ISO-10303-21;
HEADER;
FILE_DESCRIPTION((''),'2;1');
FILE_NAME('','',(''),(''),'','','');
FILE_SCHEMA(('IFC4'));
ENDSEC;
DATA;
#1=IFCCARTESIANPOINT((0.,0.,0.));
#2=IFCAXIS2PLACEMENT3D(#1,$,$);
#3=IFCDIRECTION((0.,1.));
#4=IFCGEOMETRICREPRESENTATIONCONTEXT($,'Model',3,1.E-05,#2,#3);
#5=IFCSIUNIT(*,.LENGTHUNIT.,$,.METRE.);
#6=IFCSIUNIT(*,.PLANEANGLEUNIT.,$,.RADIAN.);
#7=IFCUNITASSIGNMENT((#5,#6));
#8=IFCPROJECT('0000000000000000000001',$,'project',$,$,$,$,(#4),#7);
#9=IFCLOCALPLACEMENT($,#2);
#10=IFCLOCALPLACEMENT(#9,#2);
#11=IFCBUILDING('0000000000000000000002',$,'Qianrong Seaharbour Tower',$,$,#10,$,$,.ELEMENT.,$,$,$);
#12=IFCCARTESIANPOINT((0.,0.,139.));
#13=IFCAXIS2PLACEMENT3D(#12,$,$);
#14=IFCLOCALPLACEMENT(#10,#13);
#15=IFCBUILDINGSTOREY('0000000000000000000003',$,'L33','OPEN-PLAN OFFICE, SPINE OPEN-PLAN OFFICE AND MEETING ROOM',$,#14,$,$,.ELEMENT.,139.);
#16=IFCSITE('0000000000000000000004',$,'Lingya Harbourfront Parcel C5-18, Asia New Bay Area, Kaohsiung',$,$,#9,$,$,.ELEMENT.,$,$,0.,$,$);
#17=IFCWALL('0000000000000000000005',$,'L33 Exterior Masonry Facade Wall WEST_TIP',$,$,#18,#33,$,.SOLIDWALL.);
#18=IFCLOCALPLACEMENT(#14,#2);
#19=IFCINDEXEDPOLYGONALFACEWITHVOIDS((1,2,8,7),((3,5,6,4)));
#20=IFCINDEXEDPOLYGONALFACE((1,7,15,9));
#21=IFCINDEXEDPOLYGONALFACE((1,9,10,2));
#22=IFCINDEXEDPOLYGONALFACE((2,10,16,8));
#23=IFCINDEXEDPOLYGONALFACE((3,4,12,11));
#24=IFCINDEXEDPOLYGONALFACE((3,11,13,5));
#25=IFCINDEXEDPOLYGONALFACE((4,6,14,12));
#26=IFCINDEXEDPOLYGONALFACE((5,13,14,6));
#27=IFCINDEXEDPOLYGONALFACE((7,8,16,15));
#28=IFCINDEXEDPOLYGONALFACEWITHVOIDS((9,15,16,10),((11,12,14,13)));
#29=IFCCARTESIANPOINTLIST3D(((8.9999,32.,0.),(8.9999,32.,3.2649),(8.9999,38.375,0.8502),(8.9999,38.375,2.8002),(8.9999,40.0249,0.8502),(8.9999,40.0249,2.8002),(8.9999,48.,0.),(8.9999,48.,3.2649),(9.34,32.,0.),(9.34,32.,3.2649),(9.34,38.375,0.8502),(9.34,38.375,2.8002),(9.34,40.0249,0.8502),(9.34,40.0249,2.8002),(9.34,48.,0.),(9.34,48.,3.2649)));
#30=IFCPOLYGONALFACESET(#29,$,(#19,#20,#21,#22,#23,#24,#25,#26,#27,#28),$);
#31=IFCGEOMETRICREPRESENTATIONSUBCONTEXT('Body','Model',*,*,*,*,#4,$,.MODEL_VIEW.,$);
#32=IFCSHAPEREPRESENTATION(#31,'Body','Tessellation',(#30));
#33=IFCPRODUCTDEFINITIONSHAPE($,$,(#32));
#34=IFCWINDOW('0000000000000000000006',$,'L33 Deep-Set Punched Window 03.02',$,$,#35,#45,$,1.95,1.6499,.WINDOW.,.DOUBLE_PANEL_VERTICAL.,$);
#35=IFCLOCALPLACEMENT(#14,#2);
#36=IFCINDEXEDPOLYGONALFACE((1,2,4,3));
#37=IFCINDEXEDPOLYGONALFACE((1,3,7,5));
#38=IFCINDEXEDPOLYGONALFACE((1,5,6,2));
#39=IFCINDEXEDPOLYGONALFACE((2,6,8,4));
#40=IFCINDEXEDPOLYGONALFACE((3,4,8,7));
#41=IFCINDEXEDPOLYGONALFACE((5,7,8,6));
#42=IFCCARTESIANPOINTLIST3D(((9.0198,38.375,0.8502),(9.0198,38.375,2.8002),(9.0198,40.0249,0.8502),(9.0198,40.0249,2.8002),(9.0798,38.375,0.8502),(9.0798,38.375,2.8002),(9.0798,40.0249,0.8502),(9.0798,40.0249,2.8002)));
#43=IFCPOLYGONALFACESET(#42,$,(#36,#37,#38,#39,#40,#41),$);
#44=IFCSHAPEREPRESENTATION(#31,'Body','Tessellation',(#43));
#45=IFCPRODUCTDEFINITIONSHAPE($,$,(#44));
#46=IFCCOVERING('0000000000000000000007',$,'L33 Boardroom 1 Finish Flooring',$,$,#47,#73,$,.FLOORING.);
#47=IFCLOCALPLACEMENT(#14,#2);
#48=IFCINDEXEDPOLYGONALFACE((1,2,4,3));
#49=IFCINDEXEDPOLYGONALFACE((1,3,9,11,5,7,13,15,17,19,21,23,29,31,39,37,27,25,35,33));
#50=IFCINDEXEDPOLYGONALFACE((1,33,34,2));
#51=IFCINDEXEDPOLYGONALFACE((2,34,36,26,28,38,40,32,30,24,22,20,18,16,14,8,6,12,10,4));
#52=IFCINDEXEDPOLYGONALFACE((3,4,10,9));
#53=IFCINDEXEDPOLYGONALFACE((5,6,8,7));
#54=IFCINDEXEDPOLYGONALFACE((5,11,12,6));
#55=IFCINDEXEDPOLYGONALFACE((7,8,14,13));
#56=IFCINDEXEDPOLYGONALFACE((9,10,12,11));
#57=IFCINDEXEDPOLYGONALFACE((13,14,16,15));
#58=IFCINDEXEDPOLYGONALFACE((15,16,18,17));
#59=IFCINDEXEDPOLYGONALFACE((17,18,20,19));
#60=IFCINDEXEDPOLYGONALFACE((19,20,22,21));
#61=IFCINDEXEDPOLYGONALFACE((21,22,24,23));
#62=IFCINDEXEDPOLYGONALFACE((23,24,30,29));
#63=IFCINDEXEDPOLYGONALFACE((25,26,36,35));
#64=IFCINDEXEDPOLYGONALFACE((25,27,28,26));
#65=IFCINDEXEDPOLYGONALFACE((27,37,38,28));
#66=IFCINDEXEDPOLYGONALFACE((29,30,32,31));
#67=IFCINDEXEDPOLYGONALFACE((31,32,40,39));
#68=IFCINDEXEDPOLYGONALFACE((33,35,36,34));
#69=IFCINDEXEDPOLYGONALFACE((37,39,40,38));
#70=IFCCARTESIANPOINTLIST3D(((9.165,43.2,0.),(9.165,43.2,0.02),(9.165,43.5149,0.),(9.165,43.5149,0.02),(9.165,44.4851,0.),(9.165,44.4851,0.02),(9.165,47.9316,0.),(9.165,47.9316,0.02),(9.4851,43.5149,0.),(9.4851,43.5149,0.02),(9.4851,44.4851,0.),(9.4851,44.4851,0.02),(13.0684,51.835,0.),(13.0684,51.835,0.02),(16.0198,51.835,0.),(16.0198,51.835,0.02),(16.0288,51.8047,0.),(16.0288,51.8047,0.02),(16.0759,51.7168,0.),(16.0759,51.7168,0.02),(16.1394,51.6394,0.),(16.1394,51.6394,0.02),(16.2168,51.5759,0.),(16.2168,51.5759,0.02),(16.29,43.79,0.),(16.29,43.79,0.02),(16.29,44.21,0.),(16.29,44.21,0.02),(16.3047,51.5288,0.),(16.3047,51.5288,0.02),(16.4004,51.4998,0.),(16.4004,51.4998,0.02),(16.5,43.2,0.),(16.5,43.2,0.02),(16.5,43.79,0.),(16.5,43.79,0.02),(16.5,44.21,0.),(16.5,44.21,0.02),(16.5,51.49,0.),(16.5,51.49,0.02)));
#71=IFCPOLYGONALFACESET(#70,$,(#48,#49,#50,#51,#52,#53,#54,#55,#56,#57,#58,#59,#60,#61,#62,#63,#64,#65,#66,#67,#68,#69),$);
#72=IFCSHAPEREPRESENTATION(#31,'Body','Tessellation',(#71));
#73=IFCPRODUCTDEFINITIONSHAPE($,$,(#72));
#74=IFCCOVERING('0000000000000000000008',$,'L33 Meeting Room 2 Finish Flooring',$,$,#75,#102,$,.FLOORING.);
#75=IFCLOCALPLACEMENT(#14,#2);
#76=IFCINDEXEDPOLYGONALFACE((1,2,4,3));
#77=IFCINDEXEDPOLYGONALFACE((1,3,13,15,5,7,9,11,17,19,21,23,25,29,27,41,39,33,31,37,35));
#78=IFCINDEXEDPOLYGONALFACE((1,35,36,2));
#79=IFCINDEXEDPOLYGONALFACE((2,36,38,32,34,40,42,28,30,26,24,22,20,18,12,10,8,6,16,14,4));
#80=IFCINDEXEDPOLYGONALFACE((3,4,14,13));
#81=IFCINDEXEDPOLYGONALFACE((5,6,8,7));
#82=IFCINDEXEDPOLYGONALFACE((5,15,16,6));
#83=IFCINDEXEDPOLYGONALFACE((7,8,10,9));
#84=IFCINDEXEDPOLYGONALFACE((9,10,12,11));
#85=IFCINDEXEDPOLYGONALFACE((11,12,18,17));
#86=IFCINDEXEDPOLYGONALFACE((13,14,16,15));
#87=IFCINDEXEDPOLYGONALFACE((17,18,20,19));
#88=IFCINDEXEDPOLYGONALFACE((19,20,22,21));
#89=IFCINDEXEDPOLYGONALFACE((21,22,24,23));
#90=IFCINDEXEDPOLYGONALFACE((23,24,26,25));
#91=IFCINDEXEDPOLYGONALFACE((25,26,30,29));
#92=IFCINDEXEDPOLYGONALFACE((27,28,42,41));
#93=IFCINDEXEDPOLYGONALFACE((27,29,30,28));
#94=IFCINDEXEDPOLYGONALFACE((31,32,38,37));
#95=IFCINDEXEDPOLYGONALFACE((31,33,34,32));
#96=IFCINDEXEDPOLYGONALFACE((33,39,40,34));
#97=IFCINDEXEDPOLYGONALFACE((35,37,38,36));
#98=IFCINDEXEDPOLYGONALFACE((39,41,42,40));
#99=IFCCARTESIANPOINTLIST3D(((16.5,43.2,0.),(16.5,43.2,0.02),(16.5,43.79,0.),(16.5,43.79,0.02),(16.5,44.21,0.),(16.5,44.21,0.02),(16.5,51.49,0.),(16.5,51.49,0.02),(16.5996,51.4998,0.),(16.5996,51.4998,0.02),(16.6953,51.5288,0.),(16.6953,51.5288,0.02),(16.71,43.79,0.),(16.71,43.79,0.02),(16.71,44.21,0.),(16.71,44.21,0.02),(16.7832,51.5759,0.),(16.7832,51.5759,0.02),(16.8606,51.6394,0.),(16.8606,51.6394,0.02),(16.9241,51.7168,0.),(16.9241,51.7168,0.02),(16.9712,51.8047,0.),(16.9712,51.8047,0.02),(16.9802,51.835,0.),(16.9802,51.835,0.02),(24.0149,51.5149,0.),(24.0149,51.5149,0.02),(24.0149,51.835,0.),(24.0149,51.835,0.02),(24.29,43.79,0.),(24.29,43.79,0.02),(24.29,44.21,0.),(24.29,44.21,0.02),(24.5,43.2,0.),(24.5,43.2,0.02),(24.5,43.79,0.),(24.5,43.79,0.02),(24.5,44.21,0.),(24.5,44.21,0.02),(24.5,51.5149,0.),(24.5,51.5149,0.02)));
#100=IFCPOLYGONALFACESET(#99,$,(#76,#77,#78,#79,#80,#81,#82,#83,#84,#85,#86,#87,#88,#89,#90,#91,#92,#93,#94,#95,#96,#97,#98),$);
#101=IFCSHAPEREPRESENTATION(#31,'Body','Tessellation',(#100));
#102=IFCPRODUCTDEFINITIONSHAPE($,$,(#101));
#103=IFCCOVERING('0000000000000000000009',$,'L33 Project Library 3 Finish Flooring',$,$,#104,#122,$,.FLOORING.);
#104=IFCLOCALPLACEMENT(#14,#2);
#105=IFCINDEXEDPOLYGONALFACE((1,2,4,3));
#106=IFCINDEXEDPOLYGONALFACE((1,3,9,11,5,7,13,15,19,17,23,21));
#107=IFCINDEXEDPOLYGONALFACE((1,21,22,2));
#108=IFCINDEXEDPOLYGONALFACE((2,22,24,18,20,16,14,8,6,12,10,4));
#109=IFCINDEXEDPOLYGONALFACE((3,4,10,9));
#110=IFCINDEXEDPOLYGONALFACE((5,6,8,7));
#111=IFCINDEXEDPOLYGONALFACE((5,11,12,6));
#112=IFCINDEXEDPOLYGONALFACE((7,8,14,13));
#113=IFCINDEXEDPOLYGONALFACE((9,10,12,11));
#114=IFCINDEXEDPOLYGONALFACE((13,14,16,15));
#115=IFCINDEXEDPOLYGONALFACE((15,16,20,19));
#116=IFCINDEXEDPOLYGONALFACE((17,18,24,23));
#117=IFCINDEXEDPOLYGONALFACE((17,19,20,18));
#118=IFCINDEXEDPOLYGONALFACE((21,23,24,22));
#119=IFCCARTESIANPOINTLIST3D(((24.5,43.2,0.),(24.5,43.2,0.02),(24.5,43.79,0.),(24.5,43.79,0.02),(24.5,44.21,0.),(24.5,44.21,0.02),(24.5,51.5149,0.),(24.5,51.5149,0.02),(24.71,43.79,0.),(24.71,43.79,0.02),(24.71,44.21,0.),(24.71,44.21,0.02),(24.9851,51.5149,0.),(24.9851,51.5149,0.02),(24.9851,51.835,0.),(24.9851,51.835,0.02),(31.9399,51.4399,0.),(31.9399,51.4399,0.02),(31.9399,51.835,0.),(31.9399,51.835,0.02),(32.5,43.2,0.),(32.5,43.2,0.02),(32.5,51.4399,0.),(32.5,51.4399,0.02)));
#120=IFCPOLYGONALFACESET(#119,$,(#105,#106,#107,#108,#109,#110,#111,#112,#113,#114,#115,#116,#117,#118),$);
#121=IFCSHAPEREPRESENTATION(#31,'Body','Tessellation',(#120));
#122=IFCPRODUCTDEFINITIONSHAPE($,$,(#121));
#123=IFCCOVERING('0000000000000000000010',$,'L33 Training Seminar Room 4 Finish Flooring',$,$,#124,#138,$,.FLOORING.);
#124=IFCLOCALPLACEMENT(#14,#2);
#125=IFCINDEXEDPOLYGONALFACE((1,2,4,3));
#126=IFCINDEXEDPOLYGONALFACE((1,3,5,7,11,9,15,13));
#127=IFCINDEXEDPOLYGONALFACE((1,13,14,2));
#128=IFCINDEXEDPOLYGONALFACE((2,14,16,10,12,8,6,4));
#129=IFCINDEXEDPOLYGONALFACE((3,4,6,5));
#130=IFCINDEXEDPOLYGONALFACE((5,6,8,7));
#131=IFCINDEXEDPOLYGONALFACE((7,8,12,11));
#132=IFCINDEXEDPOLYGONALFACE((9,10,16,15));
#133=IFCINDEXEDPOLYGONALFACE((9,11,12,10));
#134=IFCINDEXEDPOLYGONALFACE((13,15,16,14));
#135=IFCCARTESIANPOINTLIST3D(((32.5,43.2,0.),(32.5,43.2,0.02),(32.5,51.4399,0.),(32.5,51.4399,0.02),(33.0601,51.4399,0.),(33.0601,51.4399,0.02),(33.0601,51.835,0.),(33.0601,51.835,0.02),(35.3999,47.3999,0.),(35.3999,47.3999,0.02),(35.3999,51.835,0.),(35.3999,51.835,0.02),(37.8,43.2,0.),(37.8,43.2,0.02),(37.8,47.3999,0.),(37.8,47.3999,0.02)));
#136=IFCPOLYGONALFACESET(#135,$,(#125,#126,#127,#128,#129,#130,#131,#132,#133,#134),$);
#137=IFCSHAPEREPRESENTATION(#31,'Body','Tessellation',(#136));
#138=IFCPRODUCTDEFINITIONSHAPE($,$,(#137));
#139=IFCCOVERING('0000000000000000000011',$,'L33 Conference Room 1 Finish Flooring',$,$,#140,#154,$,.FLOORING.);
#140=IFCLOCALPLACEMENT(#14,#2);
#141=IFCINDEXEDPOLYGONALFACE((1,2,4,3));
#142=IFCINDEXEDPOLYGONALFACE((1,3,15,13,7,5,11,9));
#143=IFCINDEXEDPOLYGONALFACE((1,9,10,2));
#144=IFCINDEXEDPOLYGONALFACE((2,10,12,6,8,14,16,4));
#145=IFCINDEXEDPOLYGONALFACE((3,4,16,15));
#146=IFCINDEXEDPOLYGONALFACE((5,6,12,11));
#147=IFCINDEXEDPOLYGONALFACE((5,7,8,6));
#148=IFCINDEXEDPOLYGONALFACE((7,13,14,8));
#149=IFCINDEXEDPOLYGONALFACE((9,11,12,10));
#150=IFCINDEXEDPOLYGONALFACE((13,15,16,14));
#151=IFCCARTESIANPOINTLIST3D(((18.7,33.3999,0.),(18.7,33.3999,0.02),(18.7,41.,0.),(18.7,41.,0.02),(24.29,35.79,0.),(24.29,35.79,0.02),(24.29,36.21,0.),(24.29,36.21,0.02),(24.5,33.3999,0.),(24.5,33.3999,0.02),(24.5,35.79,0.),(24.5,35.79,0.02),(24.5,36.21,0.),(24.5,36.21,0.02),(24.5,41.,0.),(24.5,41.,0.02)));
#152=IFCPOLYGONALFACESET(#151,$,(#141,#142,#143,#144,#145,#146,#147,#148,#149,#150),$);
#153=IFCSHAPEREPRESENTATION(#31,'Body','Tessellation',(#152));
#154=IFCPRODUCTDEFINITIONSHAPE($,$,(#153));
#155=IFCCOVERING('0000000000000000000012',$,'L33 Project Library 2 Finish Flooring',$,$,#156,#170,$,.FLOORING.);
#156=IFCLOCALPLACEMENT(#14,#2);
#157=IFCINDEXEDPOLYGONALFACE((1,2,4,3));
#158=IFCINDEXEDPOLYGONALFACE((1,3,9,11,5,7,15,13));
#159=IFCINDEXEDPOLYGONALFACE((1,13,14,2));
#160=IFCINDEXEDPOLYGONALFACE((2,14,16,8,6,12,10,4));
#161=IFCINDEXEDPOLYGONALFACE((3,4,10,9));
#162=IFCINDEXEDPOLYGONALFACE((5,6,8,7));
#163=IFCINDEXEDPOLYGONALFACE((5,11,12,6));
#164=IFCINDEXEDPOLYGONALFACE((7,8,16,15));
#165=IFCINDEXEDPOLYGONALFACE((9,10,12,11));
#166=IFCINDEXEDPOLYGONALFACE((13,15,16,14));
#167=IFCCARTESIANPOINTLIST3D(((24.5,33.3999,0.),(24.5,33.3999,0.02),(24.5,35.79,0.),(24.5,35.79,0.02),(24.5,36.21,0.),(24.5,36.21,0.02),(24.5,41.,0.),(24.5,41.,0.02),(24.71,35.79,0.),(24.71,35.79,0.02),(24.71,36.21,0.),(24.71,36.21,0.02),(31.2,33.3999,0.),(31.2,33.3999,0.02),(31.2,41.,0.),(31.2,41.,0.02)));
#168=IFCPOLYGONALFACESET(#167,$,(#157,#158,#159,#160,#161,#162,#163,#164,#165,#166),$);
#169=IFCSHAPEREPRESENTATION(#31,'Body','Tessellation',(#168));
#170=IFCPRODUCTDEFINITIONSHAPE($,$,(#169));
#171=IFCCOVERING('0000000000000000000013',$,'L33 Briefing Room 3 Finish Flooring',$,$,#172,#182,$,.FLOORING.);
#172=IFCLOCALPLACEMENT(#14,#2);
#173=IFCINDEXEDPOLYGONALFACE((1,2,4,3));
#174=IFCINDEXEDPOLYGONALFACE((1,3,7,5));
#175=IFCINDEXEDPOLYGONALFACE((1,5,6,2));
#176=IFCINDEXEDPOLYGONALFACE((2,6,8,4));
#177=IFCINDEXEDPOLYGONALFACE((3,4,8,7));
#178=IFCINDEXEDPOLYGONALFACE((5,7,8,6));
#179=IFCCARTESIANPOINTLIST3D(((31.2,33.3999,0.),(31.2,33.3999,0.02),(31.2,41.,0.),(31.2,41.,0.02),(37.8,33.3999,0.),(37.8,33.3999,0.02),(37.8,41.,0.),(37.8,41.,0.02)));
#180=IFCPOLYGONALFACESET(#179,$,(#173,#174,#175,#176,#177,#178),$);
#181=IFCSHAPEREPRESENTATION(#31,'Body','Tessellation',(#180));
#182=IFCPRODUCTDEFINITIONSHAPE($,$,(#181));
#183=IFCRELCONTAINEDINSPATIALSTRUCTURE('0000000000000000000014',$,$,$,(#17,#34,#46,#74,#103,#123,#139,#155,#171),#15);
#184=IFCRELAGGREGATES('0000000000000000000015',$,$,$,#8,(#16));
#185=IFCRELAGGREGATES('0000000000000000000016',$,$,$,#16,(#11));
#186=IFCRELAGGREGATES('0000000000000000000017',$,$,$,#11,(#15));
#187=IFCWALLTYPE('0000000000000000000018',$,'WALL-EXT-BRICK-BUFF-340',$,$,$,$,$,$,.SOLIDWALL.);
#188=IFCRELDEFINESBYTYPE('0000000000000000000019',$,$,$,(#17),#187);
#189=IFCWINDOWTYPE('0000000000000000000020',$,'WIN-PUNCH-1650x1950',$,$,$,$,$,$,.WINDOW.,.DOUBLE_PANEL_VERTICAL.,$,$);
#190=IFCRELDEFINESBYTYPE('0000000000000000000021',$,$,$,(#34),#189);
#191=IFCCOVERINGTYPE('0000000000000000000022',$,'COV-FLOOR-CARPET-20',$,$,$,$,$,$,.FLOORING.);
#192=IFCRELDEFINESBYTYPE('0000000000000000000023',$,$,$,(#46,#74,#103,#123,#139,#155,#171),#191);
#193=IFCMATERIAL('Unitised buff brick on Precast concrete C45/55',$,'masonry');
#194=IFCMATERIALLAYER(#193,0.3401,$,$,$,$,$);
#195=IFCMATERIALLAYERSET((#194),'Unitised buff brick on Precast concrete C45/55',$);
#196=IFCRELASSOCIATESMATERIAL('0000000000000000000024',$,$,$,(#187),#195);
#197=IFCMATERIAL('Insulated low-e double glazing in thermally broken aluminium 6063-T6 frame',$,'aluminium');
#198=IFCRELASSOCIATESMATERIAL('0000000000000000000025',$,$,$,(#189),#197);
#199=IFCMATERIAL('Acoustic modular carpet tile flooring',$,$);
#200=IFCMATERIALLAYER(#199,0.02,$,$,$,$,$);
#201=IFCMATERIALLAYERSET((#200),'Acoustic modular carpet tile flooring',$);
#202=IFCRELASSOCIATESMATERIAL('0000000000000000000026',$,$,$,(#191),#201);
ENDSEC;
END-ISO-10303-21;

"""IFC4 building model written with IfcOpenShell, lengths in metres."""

from ifc_helpers import new_model, si_unit, direction, frame, frame_2d, origin, place, context, subcontext, project, spatial, polyline, rectangle, outline, extrude, material, layer, layer_set, type_object, element, fill, save


model = new_model("IFC4")

# Units and contexts
model_context = context("Model", 3, precision=1e-05, world=origin(), true_north=direction((0.0, 1.0)))
body_context = subcontext(model_context, "Body", "Model", "MODEL_VIEW")
ifc_project = project(units=[si_unit("LENGTHUNIT", "METRE"), si_unit("PLANEANGLEUNIT", "RADIAN")], contexts=[model_context])

# Site, building, storey
site_placement = place(None, origin())
site = spatial("IfcSite", under=ifc_project, at=site_placement, Name="Lingya Harbourfront Parcel C5-18, Asia New Bay Area, Kaohsiung", CompositionType="ELEMENT", RefElevation=0.0)
building_placement = place(site_placement, origin())
building = spatial("IfcBuilding", under=site, at=building_placement, Name="Qianrong Seaharbour Tower", CompositionType="ELEMENT")
storey_placement = place(building_placement, frame((0.0, 0.0, 139.0)))
storey = spatial("IfcBuildingStorey", under=building, at=storey_placement, Name="L33", Description="OPEN-PLAN OFFICE, SPINE OPEN-PLAN OFFICE AND MEETING ROOM", CompositionType="ELEMENT", Elevation=139.0)

# Shared definitions
ifc_material_1 = material(Name="Unitised buff brick on Precast concrete C45/55", Category="masonry")
ifc_layer_1 = layer(ifc_material_1, 0.3401)
ifc_layer_set_1 = layer_set([ifc_layer_1], Name="Unitised buff brick on Precast concrete C45/55")
wall_type_1 = type_object("IfcWallType", Name="WALL-EXT-BRICK-BUFF-340", PredefinedType="SOLIDWALL", material=ifc_layer_set_1)

# Wall, opening, window
wall_1_placement = place(storey_placement, frame((9.1699, 32.0, 0.0), z_axis=(0.0, 0.0, 1.0), x_axis=(0.0, 1.0, 0.0)))
wall_1 = element("IfcWall", 1, at=wall_1_placement, inside=storey, type_object=wall_type_1, Name="L33 Exterior Masonry Facade Wall WEST_TIP", PredefinedType="SOLIDWALL", context=body_context, shape_type="SweptSolid", body=[
    extrude(rectangle(XDim=16.0, YDim=0.3401, at=frame_2d((8.0, 0.0))), origin(), (0.0, 0.0, 1.0), 3.2649),
])
opening_1_placement = place(wall_1_placement, frame((6.375, 0.0, 0.8501)))
opening_1 = element("IfcOpeningElement", 2, at=opening_1_placement, cuts=wall_1, PredefinedType="OPENING", context=body_context, shape_type="SweptSolid", body=[
    extrude(rectangle(XDim=1.6499, YDim=1.95, at=frame_2d((0.825, 0.9751))), frame((0.0, 0.1802, 0.0), z_axis=(0.0, -1.0, 0.0), x_axis=(1.0, 0.0, 0.0)), (0.0, 0.0, 1.0), 0.3601),
])
ifc_material_2 = material(Name="Insulated low-e double glazing in thermally broken aluminium 6063-T6 frame", Category="aluminium")
window_type = type_object("IfcWindowType", Name="WIN-PUNCH-1650x1950", PartitioningType="DOUBLE_PANEL_VERTICAL", PredefinedType="WINDOW", material=ifc_material_2)
window_placement = place(opening_1_placement, origin())
window = element("IfcWindow", 3, at=window_placement, inside=storey, type_object=window_type, Name="L33 Deep-Set Punched Window 03.02", OverallHeight=1.95, OverallWidth=1.6499, PartitioningType="DOUBLE_PANEL_VERTICAL", PredefinedType="WINDOW", context=body_context, shape_type="SweptSolid", body=[
    extrude(rectangle(XDim=1.6499, YDim=1.95, at=frame_2d((0.825, 0.9751))), frame((0.0, 0.1501, 0.0), z_axis=(0.0, -1.0, 0.0), x_axis=(1.0, 0.0, 0.0)), (0.0, 0.0, 1.0), 0.0601),
])
fill(opening_1, window)

# Coverings
ifc_material_3 = material(Name="Acoustic modular carpet tile flooring")
ifc_layer_2 = layer(ifc_material_3, 0.02)
ifc_layer_set_2 = layer_set([ifc_layer_2], Name="Acoustic modular carpet tile flooring")
covering_type_1 = type_object("IfcCoveringType", Name="COV-FLOOR-CARPET-20", PredefinedType="FLOORING", material=ifc_layer_set_2)
covering_1_placement = place(storey_placement, origin())
element("IfcCovering", 4, at=covering_1_placement, inside=storey, type_object=covering_type_1, Name="L33 Boardroom 1 Finish Flooring", PredefinedType="FLOORING", context=body_context, shape_type="SweptSolid", body=[
    extrude(outline(polyline([(9.165, 43.5149), (9.4851, 43.5149), (9.4851, 44.4851), (9.165, 44.4851), (9.165, 47.9316), (13.0684, 51.835), (16.0198, 51.835), (16.0288, 51.8047), (16.0759, 51.7168), (16.1394, 51.6394), (16.2168, 51.5759), (16.3047, 51.5288), (16.4004, 51.4998), (16.5, 51.49), (16.5, 44.21), (16.29, 44.21), (16.29, 43.79), (16.5, 43.79), (16.5, 43.2), (9.165, 43.2), (9.165, 43.5149)])), origin(), (0.0, 0.0, 1.0), 0.02),
])
covering_2_placement = place(storey_placement, origin())
element("IfcCovering", 5, at=covering_2_placement, inside=storey, type_object=covering_type_1, Name="L33 Meeting Room 2 Finish Flooring", PredefinedType="FLOORING", context=body_context, shape_type="SweptSolid", body=[
    extrude(outline(polyline([(16.5, 43.79), (16.71, 43.79), (16.71, 44.21), (16.5, 44.21), (16.5, 51.49), (16.5996, 51.4998), (16.6953, 51.5288), (16.7832, 51.5759), (16.8606, 51.6394), (16.9241, 51.7168), (16.9712, 51.8047), (16.9802, 51.835), (24.0149, 51.835), (24.0149, 51.5149), (24.5, 51.5149), (24.5, 44.21), (24.29, 44.21), (24.29, 43.79), (24.5, 43.79), (24.5, 43.2), (16.5, 43.2), (16.5, 43.79)])), origin(), (0.0, 0.0, 1.0), 0.02),
])
covering_3_placement = place(storey_placement, origin())
element("IfcCovering", 6, at=covering_3_placement, inside=storey, type_object=covering_type_1, Name="L33 Project Library 3 Finish Flooring", PredefinedType="FLOORING", context=body_context, shape_type="SweptSolid", body=[
    extrude(outline(polyline([(24.5, 43.79), (24.71, 43.79), (24.71, 44.21), (24.5, 44.21), (24.5, 51.5149), (24.9851, 51.5149), (24.9851, 51.835), (31.9399, 51.835), (31.9399, 51.4399), (32.5, 51.4399), (32.5, 43.2), (24.5, 43.2), (24.5, 43.79)])), origin(), (0.0, 0.0, 1.0), 0.02),
])
covering_4_placement = place(storey_placement, origin())
element("IfcCovering", 7, at=covering_4_placement, inside=storey, type_object=covering_type_1, Name="L33 Training Seminar Room 4 Finish Flooring", PredefinedType="FLOORING", context=body_context, shape_type="SweptSolid", body=[
    extrude(outline(polyline([(32.5, 51.4399), (33.0601, 51.4399), (33.0601, 51.835), (35.3999, 51.835), (35.3999, 47.3999), (37.8, 47.3999), (37.8, 43.2), (32.5, 43.2), (32.5, 51.4399)])), origin(), (0.0, 0.0, 1.0), 0.02),
])
covering_5_placement = place(storey_placement, origin())
element("IfcCovering", 8, at=covering_5_placement, inside=storey, type_object=covering_type_1, Name="L33 Conference Room 1 Finish Flooring", PredefinedType="FLOORING", context=body_context, shape_type="SweptSolid", body=[
    extrude(outline(polyline([(24.5, 41.0), (24.5, 36.21), (24.29, 36.21), (24.29, 35.79), (24.5, 35.79), (24.5, 33.3999), (18.7, 33.3999), (18.7, 41.0), (24.5, 41.0)])), origin(), (0.0, 0.0, 1.0), 0.02),
])
covering_6_placement = place(storey_placement, origin())
element("IfcCovering", 9, at=covering_6_placement, inside=storey, type_object=covering_type_1, Name="L33 Project Library 2 Finish Flooring", PredefinedType="FLOORING", context=body_context, shape_type="SweptSolid", body=[
    extrude(outline(polyline([(31.2, 41.0), (31.2, 33.3999), (24.5, 33.3999), (24.5, 35.79), (24.71, 35.79), (24.71, 36.21), (24.5, 36.21), (24.5, 41.0), (31.2, 41.0)])), origin(), (0.0, 0.0, 1.0), 0.02),
])
covering_7_placement = place(storey_placement, origin())
element("IfcCovering", 10, at=covering_7_placement, inside=storey, type_object=covering_type_1, Name="L33 Briefing Room 3 Finish Flooring", PredefinedType="FLOORING", context=body_context, shape_type="SweptSolid", body=[
    extrude(outline(polyline([(37.8, 41.0), (37.8, 33.3999), (31.2, 33.3999), (31.2, 41.0), (37.8, 41.0)])), origin(), (0.0, 0.0, 1.0), 0.02),
])

save(model, "model.ifc")
